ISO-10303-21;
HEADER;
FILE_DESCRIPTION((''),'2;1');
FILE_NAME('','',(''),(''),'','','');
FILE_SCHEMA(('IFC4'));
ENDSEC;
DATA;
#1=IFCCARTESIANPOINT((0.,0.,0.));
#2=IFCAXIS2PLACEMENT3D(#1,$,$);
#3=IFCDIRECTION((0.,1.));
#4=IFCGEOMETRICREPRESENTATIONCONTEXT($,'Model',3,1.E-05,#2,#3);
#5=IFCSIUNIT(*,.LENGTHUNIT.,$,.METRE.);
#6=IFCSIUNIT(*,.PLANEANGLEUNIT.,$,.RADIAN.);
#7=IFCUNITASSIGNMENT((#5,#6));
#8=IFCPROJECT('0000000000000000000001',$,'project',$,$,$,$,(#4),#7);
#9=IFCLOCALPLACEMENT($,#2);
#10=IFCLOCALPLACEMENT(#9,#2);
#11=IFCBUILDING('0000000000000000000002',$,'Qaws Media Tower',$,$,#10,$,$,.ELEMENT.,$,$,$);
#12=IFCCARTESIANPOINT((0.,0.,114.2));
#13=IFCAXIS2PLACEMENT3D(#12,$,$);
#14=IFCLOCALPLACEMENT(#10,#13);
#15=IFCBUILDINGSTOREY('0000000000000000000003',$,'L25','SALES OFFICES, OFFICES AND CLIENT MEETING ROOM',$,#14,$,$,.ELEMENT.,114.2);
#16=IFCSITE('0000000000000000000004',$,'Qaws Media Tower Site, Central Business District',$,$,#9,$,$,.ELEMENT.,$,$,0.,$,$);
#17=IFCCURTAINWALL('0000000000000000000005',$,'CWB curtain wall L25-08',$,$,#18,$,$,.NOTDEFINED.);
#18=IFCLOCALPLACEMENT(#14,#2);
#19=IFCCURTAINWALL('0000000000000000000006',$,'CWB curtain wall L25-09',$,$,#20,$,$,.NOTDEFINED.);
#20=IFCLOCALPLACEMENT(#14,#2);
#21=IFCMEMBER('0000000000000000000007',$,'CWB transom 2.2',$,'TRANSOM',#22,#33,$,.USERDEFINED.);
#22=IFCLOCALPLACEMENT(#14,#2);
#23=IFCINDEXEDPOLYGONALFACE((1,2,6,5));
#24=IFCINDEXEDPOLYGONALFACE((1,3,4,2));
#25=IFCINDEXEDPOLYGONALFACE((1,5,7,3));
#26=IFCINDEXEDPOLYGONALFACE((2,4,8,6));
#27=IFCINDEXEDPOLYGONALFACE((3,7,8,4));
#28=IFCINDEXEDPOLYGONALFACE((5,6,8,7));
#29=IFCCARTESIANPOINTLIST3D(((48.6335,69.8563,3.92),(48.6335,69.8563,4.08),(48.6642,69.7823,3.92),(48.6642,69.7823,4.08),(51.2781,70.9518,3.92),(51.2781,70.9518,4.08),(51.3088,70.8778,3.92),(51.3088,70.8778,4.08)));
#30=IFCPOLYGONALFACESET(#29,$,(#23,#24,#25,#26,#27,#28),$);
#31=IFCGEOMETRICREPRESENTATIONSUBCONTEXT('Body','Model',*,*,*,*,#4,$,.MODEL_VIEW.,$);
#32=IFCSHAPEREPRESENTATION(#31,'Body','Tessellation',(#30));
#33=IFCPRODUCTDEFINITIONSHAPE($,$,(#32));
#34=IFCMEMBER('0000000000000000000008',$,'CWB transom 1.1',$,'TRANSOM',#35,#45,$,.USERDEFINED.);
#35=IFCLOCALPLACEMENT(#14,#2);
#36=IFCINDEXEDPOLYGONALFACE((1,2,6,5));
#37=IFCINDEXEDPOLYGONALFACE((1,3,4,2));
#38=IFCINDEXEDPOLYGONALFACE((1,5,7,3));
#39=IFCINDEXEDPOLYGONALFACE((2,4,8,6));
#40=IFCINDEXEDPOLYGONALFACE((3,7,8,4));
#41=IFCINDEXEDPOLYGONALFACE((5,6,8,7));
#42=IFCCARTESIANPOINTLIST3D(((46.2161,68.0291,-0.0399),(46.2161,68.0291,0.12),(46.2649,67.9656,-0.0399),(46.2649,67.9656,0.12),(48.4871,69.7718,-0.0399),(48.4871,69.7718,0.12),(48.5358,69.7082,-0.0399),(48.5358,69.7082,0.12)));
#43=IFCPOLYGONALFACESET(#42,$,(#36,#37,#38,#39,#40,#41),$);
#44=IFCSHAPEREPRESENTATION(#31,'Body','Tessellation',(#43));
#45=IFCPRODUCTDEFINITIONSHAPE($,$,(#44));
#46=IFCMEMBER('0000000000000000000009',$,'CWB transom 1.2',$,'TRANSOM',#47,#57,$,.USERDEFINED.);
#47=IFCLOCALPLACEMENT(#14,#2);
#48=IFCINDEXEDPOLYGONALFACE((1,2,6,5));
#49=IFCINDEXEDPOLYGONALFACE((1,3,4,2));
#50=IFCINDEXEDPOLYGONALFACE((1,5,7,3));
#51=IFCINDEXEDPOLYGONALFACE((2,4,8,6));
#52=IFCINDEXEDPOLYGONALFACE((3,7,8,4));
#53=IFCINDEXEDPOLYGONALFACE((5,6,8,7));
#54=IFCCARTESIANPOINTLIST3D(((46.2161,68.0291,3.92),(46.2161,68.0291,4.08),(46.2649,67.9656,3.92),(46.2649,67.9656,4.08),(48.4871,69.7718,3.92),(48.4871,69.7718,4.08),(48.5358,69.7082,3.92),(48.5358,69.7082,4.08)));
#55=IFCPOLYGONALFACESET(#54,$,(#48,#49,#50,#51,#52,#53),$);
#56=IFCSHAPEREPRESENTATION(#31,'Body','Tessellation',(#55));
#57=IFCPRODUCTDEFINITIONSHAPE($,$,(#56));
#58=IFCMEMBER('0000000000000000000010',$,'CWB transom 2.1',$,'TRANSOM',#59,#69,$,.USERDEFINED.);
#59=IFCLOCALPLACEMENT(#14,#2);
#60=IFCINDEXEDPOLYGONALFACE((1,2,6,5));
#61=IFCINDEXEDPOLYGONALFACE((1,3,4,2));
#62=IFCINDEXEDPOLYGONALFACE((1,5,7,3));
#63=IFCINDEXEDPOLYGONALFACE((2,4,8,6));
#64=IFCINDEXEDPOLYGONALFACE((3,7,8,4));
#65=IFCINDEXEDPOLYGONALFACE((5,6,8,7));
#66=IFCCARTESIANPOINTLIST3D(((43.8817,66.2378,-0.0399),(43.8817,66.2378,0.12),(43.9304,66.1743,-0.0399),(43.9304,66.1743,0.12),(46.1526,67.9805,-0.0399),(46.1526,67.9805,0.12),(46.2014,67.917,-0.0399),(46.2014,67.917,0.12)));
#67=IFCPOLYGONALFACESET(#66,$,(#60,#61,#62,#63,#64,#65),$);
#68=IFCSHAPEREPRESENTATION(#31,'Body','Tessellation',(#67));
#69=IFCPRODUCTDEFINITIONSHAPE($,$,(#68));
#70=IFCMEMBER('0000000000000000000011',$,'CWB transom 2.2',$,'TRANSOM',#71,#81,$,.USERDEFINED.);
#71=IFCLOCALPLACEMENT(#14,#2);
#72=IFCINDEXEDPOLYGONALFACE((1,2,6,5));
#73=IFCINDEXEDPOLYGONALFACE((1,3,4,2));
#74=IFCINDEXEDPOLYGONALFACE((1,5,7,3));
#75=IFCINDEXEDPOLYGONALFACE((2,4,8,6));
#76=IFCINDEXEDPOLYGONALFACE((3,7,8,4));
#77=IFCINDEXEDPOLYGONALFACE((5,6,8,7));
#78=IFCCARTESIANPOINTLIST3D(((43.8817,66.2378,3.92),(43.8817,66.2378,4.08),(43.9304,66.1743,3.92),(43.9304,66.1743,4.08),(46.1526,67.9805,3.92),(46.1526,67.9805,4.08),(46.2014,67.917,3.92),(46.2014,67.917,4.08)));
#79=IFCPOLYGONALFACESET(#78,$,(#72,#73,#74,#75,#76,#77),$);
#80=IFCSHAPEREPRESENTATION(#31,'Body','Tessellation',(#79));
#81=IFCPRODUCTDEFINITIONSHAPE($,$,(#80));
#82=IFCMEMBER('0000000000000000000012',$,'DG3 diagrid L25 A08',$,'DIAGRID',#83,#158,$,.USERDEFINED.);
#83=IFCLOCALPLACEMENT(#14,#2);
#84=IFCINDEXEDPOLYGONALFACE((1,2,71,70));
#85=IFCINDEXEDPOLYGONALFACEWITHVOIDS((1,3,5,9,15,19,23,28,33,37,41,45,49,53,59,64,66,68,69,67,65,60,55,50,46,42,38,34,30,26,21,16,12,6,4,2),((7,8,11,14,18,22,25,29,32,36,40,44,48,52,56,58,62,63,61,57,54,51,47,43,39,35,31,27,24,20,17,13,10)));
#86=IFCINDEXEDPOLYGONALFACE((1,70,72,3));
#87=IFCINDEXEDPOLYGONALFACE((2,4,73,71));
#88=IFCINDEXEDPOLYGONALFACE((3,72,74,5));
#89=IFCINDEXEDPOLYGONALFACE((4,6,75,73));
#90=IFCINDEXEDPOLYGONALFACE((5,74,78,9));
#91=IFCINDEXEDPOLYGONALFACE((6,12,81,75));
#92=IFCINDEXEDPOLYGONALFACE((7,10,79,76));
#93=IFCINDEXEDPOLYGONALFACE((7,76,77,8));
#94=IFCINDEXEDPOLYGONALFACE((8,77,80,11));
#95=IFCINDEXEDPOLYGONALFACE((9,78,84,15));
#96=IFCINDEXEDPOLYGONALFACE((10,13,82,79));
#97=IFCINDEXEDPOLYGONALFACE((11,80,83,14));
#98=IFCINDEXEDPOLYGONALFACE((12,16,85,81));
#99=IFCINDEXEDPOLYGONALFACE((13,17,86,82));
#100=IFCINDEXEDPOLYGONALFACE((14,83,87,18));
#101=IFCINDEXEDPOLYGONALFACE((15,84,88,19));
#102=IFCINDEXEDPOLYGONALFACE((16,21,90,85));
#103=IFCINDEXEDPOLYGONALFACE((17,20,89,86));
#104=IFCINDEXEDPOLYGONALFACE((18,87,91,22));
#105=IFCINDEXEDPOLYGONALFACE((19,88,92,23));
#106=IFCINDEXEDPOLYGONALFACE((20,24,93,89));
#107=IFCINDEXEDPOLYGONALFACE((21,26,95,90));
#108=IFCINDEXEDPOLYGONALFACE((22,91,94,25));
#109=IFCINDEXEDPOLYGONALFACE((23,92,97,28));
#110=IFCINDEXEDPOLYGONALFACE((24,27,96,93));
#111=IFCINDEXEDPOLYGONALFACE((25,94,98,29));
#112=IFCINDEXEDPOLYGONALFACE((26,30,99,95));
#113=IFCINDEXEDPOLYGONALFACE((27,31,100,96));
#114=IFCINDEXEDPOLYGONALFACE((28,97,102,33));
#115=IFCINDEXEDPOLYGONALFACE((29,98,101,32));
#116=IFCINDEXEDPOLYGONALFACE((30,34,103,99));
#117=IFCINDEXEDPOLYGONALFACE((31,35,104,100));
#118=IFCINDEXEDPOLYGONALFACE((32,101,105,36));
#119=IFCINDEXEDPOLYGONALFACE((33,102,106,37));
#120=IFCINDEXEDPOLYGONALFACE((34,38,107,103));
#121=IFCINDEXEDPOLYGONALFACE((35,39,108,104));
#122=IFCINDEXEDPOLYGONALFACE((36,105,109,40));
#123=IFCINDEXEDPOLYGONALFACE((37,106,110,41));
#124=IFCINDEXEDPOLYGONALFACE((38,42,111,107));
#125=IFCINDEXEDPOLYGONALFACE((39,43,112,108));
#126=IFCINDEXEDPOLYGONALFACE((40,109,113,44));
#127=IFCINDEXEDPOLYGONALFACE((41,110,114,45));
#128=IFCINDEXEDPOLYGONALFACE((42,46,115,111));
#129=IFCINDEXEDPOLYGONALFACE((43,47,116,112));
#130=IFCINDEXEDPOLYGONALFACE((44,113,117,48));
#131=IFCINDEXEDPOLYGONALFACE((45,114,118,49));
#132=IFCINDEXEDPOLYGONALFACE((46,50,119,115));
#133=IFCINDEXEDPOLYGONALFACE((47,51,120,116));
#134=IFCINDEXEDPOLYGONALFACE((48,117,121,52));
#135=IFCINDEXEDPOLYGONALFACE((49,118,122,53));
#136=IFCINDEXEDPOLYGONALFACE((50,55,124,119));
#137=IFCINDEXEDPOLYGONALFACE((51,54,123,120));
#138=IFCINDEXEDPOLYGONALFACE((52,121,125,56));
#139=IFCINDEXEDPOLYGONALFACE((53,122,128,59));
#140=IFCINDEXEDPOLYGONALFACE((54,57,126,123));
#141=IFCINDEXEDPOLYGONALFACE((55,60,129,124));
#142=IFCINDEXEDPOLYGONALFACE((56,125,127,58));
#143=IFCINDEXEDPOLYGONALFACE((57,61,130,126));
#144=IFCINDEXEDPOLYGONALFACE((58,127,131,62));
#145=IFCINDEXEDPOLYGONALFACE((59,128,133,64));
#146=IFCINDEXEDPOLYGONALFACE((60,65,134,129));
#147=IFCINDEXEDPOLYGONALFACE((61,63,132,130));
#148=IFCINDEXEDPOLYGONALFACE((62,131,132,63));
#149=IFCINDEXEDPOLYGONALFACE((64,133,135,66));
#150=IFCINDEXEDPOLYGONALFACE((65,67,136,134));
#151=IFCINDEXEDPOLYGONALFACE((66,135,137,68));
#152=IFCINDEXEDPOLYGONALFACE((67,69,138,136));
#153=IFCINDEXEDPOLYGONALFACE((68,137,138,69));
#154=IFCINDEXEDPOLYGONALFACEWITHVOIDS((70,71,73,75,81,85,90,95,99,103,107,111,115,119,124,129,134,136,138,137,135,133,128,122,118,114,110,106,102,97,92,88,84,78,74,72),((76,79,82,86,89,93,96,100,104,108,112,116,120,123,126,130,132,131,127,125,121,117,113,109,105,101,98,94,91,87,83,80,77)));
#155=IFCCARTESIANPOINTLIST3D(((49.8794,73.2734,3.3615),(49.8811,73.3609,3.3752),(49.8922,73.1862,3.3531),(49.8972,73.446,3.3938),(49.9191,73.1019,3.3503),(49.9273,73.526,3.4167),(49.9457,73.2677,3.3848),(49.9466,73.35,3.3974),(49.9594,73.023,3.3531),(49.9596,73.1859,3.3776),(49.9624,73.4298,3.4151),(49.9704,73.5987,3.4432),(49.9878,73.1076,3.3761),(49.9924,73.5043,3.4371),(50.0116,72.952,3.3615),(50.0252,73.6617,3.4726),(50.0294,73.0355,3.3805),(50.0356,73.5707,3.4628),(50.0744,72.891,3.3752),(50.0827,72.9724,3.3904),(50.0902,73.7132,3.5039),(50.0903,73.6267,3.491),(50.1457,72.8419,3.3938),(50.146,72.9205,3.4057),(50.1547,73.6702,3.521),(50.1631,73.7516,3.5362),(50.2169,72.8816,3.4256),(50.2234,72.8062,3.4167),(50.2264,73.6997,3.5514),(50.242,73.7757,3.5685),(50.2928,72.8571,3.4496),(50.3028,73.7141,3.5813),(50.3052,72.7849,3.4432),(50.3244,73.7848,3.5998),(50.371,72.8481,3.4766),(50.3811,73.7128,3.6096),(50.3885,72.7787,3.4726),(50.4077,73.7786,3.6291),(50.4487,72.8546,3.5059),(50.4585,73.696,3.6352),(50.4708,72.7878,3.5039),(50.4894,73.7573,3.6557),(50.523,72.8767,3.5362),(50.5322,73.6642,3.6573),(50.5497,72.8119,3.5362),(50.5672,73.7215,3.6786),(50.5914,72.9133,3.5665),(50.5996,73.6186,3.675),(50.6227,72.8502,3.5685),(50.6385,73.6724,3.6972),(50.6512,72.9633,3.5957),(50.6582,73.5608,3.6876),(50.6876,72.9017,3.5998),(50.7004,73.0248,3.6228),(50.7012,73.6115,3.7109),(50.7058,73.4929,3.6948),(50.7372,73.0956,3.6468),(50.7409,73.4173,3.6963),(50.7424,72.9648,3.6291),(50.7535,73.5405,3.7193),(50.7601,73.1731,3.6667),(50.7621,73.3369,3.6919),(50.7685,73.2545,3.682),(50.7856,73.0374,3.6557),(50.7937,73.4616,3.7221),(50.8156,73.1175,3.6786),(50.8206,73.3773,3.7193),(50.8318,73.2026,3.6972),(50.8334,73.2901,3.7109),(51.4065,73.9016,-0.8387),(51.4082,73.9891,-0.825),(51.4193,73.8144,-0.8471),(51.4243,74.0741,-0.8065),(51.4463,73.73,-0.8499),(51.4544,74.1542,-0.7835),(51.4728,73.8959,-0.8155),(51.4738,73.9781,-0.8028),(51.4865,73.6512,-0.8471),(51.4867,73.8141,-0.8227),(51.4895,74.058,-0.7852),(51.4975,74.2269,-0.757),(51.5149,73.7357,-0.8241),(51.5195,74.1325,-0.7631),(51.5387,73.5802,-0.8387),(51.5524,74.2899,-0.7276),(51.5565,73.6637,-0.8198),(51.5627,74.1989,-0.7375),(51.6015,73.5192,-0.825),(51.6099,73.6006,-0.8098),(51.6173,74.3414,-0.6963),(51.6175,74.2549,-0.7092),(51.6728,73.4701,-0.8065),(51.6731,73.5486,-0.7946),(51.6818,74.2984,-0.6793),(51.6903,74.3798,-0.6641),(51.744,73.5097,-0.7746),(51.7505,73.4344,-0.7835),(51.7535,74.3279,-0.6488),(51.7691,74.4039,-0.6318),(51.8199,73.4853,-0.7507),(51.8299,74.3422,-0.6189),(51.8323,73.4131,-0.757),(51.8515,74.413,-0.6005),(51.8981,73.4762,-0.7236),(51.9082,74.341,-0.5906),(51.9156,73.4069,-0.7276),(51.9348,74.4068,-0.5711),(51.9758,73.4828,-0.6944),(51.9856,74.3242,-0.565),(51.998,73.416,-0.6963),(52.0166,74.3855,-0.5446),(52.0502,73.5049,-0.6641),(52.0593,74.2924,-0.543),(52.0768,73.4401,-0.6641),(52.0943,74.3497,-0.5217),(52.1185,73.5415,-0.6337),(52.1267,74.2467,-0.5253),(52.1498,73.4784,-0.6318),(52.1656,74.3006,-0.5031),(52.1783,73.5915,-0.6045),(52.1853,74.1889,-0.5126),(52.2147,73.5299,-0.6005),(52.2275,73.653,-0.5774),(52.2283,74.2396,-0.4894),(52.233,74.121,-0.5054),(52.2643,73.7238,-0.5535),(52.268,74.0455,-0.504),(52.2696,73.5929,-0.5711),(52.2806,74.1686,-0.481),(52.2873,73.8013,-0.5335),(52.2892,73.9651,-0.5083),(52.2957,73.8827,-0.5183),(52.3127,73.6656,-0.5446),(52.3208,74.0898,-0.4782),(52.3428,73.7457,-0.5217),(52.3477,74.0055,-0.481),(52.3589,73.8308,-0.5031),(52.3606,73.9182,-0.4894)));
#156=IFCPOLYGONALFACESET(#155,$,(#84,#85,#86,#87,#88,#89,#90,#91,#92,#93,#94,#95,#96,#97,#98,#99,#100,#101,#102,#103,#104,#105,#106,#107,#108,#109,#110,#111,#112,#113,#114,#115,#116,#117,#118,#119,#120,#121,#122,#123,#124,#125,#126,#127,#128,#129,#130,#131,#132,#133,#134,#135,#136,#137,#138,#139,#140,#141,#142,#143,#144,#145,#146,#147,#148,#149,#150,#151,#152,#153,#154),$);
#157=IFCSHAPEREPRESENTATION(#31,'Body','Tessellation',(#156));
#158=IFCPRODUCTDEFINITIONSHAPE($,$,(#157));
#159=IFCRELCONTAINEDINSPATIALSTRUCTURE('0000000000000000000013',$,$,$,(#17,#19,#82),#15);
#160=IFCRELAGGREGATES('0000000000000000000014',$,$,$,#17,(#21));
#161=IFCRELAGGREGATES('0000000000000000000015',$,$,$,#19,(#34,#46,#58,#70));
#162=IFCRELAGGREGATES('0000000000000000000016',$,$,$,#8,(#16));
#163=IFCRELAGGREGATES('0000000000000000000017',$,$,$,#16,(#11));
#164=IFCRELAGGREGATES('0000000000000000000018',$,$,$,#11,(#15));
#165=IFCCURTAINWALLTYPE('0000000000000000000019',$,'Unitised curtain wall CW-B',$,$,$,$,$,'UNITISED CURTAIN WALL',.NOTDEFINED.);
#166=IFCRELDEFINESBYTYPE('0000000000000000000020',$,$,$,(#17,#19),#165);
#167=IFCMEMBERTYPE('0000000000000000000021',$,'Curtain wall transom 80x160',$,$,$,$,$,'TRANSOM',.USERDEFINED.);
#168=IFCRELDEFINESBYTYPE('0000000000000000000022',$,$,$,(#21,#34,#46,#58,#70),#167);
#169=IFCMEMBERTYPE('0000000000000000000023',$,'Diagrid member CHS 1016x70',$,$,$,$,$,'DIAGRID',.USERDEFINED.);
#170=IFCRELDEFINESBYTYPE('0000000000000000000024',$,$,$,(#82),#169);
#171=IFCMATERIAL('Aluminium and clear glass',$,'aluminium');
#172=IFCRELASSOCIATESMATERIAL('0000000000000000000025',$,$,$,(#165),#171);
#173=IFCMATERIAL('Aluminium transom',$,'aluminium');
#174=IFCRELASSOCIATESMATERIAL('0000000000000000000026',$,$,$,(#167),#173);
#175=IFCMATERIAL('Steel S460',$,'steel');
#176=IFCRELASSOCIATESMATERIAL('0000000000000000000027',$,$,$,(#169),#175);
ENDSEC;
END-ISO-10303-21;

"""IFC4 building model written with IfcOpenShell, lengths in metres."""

from ifc_helpers import new_model, si_unit, direction, frame, origin, origin_2d, place, context, subcontext, project, spatial, rectangle, hollow_circle, extrude, material, material_profile, profile_set, type_object, element, aggregate, save


model = new_model("IFC4")

# Units and contexts
model_context = context("Model", 3, precision=1e-05, world=origin(), true_north=direction((0.0, 1.0)))
body_context = subcontext(model_context, "Body", "Model", "MODEL_VIEW")
ifc_project = project(units=[si_unit("LENGTHUNIT", "METRE"), si_unit("PLANEANGLEUNIT", "RADIAN")], contexts=[model_context])

# Site, building, storey
site_placement = place(None, origin())
site = spatial("IfcSite", under=ifc_project, at=site_placement, Name="Qaws Media Tower Site, Central Business District", CompositionType="ELEMENT", RefElevation=0.0)
building_placement = place(site_placement, origin())
building = spatial("IfcBuilding", under=site, at=building_placement, Name="Qaws Media Tower", CompositionType="ELEMENT")
storey_placement = place(building_placement, frame((0.0, 0.0, 114.2)))
storey = spatial("IfcBuildingStorey", under=building, at=storey_placement, Name="L25", Description="SALES OFFICES, OFFICES AND CLIENT MEETING ROOM", CompositionType="ELEMENT", Elevation=114.2)

# Curtain walls
ifc_material_1 = material(Name="Aluminium and clear glass", Category="aluminium")
curtain_wall_type = type_object("IfcCurtainWallType", Name="Unitised curtain wall CW-B", ElementType="UNITISED CURTAIN WALL", PredefinedType="NOTDEFINED", material=ifc_material_1)
curtain_wall_1_placement = place(storey_placement, origin())
curtain_wall_1 = element("IfcCurtainWall", 1, at=curtain_wall_1_placement, inside=storey, type_object=curtain_wall_type, Name="CWB curtain wall L25-08", PredefinedType="NOTDEFINED")
curtain_wall_2_placement = place(storey_placement, origin())
curtain_wall_2 = element("IfcCurtainWall", 2, at=curtain_wall_2_placement, inside=storey, type_object=curtain_wall_type, Name="CWB curtain wall L25-09", PredefinedType="NOTDEFINED")

# Members
ifc_material_2 = material(Name="Aluminium transom", Category="aluminium")
ifc_material_profile_1 = material_profile(ifc_material_2, rectangle(XDim=0.0801, YDim=0.1599, at=origin_2d()), Name="80x160")
ifc_profile_set_1 = profile_set([ifc_material_profile_1], Name="Aluminium transom")
member_type_1 = type_object("IfcMemberType", Name="Curtain wall transom 80x160", ElementType="TRANSOM", PredefinedType="USERDEFINED", material=ifc_profile_set_1)
member_1_placement = place(storey_placement, frame((51.2935, 70.9148, 4.0), z_axis=(-0.923872, -0.382701, 0.0), x_axis=(0.382701, -0.923872, 0.0)))
member_1 = element("IfcMember", 3, at=member_1_placement, type_object=member_type_1, Name="CWB transom 2.2", ObjectType="TRANSOM", PredefinedType="USERDEFINED", context=body_context, shape_type="SweptSolid", body=[
    extrude(rectangle(XDim=0.0801, YDim=0.1599, at=origin_2d()), origin(), (0.0, 0.0, 1.0), 2.8625),
])
member_2_placement = place(storey_placement, frame((48.5115, 69.74, 0.04), z_axis=(-0.79334, -0.608779, 0.0), x_axis=(0.608779, -0.79334, 0.0)))
member_2 = element("IfcMember", 4, at=member_2_placement, type_object=member_type_1, Name="CWB transom 1.1", ObjectType="TRANSOM", PredefinedType="USERDEFINED", context=body_context, shape_type="SweptSolid", body=[
    extrude(rectangle(XDim=0.0801, YDim=0.1599, at=origin_2d()), origin(), (0.0, 0.0, 1.0), 2.8625),
])
member_3_placement = place(storey_placement, frame((48.5115, 69.74, 4.0), z_axis=(-0.79334, -0.608779, 0.0), x_axis=(0.608779, -0.79334, 0.0)))
member_3 = element("IfcMember", 5, at=member_3_placement, type_object=member_type_1, Name="CWB transom 1.2", ObjectType="TRANSOM", PredefinedType="USERDEFINED", context=body_context, shape_type="SweptSolid", body=[
    extrude(rectangle(XDim=0.0801, YDim=0.1599, at=origin_2d()), origin(), (0.0, 0.0, 1.0), 2.8625),
])
member_4_placement = place(storey_placement, frame((46.177, 67.9487, 0.04), z_axis=(-0.79334, -0.608779, 0.0), x_axis=(0.608779, -0.79334, 0.0)))
member_4 = element("IfcMember", 6, at=member_4_placement, type_object=member_type_1, Name="CWB transom 2.1", ObjectType="TRANSOM", PredefinedType="USERDEFINED", context=body_context, shape_type="SweptSolid", body=[
    extrude(rectangle(XDim=0.0801, YDim=0.1599, at=origin_2d()), origin(), (0.0, 0.0, 1.0), 2.8625),
])
member_5_placement = place(storey_placement, frame((46.177, 67.9487, 4.0), z_axis=(-0.79334, -0.608779, 0.0), x_axis=(0.608779, -0.79334, 0.0)))
member_5 = element("IfcMember", 7, at=member_5_placement, type_object=member_type_1, Name="CWB transom 2.2", ObjectType="TRANSOM", PredefinedType="USERDEFINED", context=body_context, shape_type="SweptSolid", body=[
    extrude(rectangle(XDim=0.0801, YDim=0.1599, at=origin_2d()), origin(), (0.0, 0.0, 1.0), 2.8625),
])

# Member
ifc_material_3 = material(Name="Steel S460", Category="steel")
ifc_material_profile_2 = material_profile(ifc_material_3, hollow_circle(Radius=0.5081, WallThickness=0.0701, at=origin_2d()), Name="CHS 1016x70")
ifc_profile_set_2 = profile_set([ifc_material_profile_2], Name="Steel S460")
member_type_2 = type_object("IfcMemberType", Name="Diagrid member CHS 1016x70", ElementType="DIAGRID", PredefinedType="USERDEFINED", material=ifc_profile_set_2)
for number, where, z_axis, x_axis, name in (
    (8, (51.8835, 73.9099, -0.6641), (-0.338369, -0.139188, 0.930663), (0.380423, -0.924813, 0.0), "DG3 diagrid L25 A08"),
):
    element("IfcMember", number, at=place(storey_placement, frame(where, z_axis=z_axis, x_axis=x_axis)), inside=storey, type_object=member_type_2, Name=name, ObjectType="DIAGRID", PredefinedType="USERDEFINED", context=body_context, shape_type="SweptSolid", body=[
        extrude(hollow_circle(Radius=0.5081, WallThickness=0.0701, at=origin_2d()), origin(), (0.0, 0.0, 1.0), 4.5132),
    ])

aggregate(curtain_wall_1, [member_1])
aggregate(curtain_wall_2, [member_2, member_3, member_4, member_5])

save(model, "model.ifc")
